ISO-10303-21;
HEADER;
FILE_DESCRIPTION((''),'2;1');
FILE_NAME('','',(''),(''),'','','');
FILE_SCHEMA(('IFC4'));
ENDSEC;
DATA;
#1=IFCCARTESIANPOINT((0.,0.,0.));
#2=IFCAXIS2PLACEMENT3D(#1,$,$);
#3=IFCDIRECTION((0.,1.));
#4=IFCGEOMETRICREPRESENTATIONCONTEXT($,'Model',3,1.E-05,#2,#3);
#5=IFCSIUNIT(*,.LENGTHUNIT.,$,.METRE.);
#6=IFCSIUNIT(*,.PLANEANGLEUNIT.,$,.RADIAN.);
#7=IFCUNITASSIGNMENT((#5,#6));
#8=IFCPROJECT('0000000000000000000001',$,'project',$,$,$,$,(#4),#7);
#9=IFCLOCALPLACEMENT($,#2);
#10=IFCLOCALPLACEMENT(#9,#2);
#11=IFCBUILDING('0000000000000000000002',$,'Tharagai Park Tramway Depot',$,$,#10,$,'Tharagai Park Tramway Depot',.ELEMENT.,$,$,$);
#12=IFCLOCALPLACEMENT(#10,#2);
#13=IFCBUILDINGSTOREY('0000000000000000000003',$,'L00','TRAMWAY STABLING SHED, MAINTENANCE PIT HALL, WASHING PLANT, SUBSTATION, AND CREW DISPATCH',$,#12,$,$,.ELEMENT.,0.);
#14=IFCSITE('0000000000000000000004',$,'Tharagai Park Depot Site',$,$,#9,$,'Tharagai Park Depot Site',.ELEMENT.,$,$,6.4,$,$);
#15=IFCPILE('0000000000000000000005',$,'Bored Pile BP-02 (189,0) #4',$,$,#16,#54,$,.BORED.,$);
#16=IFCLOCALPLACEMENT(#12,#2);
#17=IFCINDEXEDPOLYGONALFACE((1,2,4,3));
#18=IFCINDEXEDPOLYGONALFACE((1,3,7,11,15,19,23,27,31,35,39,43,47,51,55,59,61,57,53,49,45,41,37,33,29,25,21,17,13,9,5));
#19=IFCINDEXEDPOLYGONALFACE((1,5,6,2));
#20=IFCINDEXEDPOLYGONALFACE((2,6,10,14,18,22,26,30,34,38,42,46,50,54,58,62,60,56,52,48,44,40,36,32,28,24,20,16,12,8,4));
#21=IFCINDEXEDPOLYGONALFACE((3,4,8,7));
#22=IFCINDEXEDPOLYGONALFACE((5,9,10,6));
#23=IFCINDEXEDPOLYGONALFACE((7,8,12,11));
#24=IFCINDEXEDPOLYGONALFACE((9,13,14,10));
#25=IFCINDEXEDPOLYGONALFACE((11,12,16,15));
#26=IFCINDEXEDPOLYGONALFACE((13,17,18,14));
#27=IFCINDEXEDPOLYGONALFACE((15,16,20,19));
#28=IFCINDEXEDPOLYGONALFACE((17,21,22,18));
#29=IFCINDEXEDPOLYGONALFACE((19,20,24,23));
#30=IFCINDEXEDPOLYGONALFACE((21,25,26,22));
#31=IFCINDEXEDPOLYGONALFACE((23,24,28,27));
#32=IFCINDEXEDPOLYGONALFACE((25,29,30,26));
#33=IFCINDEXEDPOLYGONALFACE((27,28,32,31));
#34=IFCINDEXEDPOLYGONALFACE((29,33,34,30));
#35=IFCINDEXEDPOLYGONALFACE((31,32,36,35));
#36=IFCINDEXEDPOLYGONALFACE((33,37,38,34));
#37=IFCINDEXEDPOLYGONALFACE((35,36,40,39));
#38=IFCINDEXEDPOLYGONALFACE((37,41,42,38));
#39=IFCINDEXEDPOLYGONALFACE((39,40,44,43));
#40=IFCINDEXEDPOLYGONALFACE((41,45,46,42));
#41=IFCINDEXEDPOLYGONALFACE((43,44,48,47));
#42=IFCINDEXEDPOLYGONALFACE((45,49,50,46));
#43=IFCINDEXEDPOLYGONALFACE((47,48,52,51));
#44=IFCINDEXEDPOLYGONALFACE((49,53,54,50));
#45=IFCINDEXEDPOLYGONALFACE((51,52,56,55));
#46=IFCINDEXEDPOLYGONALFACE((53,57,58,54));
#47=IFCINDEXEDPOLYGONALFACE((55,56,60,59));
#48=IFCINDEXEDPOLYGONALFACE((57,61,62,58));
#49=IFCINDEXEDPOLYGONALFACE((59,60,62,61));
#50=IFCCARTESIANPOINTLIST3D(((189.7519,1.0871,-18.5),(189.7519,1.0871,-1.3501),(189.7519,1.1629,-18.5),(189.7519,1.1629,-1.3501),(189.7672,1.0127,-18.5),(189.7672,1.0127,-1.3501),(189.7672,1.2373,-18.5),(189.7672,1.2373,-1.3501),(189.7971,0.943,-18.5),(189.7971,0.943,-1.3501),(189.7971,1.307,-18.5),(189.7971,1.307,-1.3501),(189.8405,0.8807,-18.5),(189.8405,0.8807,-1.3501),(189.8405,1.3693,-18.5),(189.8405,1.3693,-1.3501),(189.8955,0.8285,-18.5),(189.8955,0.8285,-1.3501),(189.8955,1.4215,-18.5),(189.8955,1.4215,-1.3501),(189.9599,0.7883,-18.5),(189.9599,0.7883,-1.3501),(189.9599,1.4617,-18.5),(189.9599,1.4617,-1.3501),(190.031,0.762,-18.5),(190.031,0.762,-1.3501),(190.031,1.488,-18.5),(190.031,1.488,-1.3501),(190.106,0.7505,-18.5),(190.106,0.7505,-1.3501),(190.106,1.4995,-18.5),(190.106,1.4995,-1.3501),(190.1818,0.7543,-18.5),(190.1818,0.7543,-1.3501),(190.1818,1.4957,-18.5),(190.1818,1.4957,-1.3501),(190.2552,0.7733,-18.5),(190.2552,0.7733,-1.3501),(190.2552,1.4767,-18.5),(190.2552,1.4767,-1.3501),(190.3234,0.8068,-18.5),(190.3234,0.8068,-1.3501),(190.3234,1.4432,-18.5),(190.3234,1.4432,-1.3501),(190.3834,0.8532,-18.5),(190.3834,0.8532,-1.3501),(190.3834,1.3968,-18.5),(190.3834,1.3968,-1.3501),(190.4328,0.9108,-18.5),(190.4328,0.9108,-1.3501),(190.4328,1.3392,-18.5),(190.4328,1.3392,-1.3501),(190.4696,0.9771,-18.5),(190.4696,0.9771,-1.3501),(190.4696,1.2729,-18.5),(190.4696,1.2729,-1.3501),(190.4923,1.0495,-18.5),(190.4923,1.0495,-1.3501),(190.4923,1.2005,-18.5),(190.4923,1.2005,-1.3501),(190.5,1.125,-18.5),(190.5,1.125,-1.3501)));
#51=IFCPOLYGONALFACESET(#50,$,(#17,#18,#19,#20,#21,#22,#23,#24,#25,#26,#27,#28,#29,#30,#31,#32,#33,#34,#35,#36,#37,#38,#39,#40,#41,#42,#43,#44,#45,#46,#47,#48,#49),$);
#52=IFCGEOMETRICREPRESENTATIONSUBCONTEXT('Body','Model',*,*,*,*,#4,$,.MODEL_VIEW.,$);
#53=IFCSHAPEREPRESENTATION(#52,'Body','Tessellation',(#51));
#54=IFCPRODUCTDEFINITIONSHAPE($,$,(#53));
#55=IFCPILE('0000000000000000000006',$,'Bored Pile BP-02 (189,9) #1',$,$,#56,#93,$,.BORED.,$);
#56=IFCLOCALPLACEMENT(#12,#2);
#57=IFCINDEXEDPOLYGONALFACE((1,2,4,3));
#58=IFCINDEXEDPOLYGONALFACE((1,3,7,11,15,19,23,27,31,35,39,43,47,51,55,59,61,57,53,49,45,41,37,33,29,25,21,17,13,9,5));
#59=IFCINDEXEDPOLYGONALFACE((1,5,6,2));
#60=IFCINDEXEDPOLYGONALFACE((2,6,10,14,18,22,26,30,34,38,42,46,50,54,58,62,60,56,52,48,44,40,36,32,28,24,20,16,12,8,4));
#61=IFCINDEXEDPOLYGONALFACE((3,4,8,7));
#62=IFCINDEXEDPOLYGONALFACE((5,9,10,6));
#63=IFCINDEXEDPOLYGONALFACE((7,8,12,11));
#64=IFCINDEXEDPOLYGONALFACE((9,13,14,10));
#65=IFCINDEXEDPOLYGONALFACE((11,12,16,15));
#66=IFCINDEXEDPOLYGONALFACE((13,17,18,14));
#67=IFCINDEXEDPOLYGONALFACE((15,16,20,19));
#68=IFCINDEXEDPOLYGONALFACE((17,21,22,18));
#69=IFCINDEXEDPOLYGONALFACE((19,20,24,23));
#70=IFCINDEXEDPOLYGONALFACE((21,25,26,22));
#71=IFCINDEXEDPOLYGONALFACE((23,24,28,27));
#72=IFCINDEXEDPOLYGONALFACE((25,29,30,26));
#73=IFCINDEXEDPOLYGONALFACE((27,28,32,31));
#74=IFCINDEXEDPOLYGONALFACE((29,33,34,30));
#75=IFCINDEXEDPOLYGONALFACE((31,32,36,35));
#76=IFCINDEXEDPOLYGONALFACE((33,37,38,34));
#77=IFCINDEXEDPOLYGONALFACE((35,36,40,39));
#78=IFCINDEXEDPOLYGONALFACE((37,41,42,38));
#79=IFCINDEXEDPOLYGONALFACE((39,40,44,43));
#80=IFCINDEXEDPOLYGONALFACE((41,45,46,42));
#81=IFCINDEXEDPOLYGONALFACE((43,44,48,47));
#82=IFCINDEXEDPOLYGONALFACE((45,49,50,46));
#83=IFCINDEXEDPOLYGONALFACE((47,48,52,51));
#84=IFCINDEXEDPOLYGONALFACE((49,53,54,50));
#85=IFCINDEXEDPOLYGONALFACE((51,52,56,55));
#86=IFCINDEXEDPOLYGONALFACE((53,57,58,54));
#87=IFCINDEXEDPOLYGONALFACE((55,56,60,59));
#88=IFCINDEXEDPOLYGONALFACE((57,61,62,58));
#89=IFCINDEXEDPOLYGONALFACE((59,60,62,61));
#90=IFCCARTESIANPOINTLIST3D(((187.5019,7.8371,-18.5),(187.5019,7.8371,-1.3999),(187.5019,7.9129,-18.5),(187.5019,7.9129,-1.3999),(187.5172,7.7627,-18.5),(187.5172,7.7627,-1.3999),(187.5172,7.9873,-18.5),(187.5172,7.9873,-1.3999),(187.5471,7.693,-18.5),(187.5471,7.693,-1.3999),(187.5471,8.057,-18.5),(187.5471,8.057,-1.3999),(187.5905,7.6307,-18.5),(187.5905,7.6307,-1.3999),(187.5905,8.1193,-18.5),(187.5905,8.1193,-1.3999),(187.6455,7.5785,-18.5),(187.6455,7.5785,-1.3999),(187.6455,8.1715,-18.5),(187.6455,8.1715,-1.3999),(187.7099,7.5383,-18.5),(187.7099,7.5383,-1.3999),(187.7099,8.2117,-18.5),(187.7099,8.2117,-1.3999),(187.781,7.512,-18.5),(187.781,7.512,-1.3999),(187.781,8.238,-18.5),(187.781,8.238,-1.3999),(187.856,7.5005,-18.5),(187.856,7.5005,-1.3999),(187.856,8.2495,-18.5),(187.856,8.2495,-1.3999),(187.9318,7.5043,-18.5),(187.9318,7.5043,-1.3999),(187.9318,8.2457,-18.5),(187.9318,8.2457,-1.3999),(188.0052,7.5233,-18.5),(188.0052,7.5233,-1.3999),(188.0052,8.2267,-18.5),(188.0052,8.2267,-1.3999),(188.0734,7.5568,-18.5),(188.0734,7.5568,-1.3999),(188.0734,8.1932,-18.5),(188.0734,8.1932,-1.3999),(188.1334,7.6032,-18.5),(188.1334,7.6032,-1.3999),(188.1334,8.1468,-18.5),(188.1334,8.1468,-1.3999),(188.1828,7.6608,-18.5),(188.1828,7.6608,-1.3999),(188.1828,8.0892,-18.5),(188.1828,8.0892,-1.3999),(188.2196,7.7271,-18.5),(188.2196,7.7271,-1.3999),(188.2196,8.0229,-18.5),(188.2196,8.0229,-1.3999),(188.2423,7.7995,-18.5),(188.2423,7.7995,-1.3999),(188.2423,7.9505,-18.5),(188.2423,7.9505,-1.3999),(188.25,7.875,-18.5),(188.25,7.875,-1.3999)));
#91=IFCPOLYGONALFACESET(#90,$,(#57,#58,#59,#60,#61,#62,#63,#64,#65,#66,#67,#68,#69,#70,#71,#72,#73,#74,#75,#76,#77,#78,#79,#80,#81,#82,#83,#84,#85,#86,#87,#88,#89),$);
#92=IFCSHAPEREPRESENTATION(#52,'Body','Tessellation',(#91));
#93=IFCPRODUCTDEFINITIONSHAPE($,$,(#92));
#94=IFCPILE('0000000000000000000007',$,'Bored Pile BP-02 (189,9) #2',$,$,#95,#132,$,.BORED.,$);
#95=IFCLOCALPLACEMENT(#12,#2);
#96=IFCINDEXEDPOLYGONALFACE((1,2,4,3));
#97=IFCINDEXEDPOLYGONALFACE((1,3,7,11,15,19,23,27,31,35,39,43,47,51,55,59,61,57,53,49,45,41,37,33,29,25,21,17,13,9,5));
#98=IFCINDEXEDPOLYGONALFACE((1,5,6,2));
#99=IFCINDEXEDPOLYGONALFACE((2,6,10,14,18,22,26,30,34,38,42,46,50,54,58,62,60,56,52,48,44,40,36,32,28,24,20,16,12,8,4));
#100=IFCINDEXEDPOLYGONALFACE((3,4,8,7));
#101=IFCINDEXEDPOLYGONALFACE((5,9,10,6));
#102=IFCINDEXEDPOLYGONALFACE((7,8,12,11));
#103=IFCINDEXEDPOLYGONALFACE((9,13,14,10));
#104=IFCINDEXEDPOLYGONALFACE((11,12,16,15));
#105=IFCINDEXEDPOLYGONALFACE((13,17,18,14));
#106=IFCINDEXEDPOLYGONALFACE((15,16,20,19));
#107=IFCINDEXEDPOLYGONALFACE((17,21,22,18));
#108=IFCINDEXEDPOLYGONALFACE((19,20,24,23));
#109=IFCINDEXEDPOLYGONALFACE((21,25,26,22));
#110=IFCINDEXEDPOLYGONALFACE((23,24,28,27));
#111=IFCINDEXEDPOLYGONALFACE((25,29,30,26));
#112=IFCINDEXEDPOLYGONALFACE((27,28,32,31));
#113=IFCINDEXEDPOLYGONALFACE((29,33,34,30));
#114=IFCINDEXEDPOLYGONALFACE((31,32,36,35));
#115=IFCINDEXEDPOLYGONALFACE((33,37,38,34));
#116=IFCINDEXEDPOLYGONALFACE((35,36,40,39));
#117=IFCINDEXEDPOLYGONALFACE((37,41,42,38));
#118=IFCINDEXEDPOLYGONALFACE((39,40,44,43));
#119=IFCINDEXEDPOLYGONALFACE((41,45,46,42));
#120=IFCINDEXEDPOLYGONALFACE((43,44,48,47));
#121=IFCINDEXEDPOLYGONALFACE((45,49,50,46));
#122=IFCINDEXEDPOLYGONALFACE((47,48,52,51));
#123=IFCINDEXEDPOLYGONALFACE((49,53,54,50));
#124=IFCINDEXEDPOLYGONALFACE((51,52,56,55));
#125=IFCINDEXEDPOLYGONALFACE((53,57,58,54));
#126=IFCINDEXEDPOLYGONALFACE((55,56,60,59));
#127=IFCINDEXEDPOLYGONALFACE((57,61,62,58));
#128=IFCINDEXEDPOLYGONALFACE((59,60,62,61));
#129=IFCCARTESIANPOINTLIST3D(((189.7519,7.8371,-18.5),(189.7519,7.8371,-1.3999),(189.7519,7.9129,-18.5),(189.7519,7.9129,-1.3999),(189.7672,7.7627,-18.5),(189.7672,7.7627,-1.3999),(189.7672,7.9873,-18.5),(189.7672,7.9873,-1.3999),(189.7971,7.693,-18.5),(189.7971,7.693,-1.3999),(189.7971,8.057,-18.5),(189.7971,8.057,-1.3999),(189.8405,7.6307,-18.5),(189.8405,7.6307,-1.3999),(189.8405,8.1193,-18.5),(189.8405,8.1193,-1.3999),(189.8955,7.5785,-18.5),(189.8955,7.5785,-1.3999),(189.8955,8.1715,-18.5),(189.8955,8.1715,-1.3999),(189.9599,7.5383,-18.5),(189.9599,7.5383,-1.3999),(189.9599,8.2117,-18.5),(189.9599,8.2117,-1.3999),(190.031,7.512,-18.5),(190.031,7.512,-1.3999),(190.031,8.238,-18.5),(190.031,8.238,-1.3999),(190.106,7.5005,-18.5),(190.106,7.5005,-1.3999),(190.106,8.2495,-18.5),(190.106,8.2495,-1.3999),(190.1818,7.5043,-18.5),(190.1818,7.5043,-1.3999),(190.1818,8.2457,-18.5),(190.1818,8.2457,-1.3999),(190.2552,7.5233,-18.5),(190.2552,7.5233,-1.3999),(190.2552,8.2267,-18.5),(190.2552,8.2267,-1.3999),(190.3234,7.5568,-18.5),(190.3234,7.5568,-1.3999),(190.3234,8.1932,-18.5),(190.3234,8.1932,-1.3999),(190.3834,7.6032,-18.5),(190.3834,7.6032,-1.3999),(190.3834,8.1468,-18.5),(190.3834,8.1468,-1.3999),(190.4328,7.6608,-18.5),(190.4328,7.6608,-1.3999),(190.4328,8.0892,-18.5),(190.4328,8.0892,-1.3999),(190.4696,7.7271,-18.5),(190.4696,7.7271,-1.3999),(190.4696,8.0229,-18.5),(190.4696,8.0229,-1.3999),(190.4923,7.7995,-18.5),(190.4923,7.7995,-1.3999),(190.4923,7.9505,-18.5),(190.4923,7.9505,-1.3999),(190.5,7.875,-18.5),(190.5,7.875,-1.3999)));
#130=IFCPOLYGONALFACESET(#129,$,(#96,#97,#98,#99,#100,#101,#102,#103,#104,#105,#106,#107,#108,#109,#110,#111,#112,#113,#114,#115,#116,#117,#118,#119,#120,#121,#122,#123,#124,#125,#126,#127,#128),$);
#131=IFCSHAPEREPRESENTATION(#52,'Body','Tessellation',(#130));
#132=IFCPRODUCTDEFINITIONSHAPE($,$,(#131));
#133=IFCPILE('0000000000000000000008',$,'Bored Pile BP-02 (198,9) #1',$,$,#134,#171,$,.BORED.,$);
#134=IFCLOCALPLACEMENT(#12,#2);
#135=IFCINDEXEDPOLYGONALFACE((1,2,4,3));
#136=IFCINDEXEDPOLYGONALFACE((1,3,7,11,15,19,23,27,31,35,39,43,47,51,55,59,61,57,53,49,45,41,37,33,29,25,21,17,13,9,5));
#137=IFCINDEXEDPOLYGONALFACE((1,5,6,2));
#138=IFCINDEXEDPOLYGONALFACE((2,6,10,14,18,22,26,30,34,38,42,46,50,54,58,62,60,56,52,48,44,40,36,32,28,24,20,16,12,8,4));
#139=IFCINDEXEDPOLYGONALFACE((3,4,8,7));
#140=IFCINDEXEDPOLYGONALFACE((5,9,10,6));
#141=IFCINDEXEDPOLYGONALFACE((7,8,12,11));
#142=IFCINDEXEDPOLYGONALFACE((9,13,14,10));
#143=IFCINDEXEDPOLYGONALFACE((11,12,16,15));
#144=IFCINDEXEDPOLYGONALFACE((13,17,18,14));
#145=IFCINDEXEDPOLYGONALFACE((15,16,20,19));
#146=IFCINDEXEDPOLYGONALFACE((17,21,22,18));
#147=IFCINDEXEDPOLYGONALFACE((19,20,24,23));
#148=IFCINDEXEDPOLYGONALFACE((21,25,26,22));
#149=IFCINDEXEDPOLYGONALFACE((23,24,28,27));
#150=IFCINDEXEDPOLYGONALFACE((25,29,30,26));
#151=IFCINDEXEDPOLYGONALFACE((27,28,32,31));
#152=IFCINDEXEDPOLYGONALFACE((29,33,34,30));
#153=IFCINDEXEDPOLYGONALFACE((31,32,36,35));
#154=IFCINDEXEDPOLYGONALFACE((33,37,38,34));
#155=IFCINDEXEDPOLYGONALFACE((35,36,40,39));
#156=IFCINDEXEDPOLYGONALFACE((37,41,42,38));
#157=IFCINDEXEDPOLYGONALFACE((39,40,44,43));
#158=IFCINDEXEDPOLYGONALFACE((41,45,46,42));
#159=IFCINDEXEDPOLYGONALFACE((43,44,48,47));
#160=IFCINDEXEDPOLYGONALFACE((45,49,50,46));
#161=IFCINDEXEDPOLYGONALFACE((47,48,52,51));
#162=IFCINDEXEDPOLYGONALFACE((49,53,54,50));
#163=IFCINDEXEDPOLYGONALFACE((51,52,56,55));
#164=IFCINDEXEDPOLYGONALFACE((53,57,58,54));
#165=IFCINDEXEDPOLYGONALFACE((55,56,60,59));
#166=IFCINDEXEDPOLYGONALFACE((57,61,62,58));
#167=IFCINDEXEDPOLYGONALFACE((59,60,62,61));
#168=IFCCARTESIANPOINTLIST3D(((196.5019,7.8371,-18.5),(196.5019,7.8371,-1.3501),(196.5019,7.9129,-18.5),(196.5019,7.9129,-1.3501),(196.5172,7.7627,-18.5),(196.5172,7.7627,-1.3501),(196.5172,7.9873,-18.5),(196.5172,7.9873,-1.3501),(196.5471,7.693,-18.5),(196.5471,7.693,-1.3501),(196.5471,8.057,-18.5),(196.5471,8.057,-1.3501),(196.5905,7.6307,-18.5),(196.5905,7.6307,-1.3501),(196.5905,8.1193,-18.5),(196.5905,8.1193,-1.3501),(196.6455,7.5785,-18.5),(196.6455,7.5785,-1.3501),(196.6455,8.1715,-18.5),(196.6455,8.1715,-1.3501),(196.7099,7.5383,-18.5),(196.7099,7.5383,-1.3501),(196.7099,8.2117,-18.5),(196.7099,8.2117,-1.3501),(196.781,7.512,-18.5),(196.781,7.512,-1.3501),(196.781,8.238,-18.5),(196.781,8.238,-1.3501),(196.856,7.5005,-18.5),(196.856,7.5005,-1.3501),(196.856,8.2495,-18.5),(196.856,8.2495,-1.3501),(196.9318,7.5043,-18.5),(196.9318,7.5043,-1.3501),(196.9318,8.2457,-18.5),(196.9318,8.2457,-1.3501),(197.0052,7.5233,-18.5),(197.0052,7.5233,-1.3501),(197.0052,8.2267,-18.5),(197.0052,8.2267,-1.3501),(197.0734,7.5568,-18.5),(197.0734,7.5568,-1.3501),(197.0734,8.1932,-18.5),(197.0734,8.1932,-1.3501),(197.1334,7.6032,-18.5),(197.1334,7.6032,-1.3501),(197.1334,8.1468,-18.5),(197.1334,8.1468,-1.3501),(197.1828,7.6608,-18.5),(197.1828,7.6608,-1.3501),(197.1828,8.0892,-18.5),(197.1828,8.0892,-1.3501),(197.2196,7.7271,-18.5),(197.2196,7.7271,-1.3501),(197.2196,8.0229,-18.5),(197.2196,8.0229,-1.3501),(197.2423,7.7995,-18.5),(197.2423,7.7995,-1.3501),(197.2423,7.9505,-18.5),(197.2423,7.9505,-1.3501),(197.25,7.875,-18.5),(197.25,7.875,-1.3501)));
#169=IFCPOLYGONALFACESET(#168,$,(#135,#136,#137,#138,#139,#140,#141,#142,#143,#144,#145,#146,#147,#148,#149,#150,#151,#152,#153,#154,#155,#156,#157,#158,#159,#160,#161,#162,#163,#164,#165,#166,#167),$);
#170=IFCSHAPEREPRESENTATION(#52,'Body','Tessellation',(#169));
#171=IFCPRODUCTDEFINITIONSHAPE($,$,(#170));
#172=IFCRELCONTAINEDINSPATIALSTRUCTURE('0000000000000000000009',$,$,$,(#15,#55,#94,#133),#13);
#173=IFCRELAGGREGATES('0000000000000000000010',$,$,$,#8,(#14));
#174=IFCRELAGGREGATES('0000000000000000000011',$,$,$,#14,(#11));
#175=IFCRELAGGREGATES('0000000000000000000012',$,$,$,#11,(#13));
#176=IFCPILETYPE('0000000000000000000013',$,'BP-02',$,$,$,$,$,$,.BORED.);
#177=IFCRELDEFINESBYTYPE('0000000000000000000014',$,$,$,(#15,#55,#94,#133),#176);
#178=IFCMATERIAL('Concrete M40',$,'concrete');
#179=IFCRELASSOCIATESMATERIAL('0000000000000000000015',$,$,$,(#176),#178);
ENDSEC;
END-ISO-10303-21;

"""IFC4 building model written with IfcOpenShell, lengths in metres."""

from ifc_helpers import new_model, si_unit, direction, frame, origin, origin_2d, place, context, subcontext, project, spatial, circle, extrude, material, material_profile, profile_set, type_object, element, save


model = new_model("IFC4")

# Units and contexts
model_context = context("Model", 3, precision=1e-05, world=origin(), true_north=direction((0.0, 1.0)))
body_context = subcontext(model_context, "Body", "Model", "MODEL_VIEW")
ifc_project = project(units=[si_unit("LENGTHUNIT", "METRE"), si_unit("PLANEANGLEUNIT", "RADIAN")], contexts=[model_context])

# Site, building, storey
site_placement = place(None, origin())
site = spatial("IfcSite", under=ifc_project, at=site_placement, Name="Tharagai Park Depot Site", LongName="Tharagai Park Depot Site", CompositionType="ELEMENT", RefElevation=6.4)
building_placement = place(site_placement, origin())
building = spatial("IfcBuilding", under=site, at=building_placement, Name="Tharagai Park Tramway Depot", LongName="Tharagai Park Tramway Depot", CompositionType="ELEMENT")
storey_placement = place(building_placement, origin())
storey = spatial("IfcBuildingStorey", under=building, at=storey_placement, Name="L00", Description="TRAMWAY STABLING SHED, MAINTENANCE PIT HALL, WASHING PLANT, SUBSTATION, AND CREW DISPATCH", CompositionType="ELEMENT", Elevation=0.0)

# Piles
ifc_material_1 = material(Name="Concrete M40", Category="concrete")
ifc_material_profile_1 = material_profile(ifc_material_1, circle(Radius=0.375, at=origin_2d()), Name="PILE D750")
ifc_profile_set_1 = profile_set([ifc_material_profile_1], Name="Concrete M40")
pile_type = type_object("IfcPileType", Name="BP-02", PredefinedType="BORED", material=ifc_profile_set_1)
for number, where, z_axis, x_axis, name in (
    (1, (190.125, 1.125, -1.3501), (0.0, 0.0, -1.0), (1.0, 0.0, 0.0), "Bored Pile BP-02 (189,0) #4"),
):
    element("IfcPile", number, at=place(storey_placement, frame(where, z_axis=z_axis, x_axis=x_axis)), inside=storey, type_object=pile_type, Name=name, PredefinedType="BORED", context=body_context, shape_type="SweptSolid", body=[
        extrude(circle(Radius=0.375, at=origin_2d()), origin(), (0.0, 0.0, 1.0), 17.1499),
    ])
for number, where, z_axis, x_axis, name in (
    (2, (187.875, 7.875, -1.3999), (0.0, 0.0, -1.0), (1.0, 0.0, 0.0), "Bored Pile BP-02 (189,9) #1"),
    (3, (190.125, 7.875, -1.3999), (0.0, 0.0, -1.0), (1.0, 0.0, 0.0), "Bored Pile BP-02 (189,9) #2"),
):
    element("IfcPile", number, at=place(storey_placement, frame(where, z_axis=z_axis, x_axis=x_axis)), inside=storey, type_object=pile_type, Name=name, PredefinedType="BORED", context=body_context, shape_type="SweptSolid", body=[
        extrude(circle(Radius=0.375, at=origin_2d()), origin(), (0.0, 0.0, 1.0), 17.1001),
    ])
pile_placement = place(storey_placement, frame((196.875, 7.875, -1.3501), z_axis=(0.0, 0.0, -1.0), x_axis=(1.0, 0.0, 0.0)))
element("IfcPile", 4, at=pile_placement, inside=storey, type_object=pile_type, Name="Bored Pile BP-02 (198,9) #1", PredefinedType="BORED", context=body_context, shape_type="SweptSolid", body=[
    extrude(circle(Radius=0.375, at=origin_2d()), origin(), (0.0, 0.0, 1.0), 17.1499),
])

save(model, "model.ifc")
